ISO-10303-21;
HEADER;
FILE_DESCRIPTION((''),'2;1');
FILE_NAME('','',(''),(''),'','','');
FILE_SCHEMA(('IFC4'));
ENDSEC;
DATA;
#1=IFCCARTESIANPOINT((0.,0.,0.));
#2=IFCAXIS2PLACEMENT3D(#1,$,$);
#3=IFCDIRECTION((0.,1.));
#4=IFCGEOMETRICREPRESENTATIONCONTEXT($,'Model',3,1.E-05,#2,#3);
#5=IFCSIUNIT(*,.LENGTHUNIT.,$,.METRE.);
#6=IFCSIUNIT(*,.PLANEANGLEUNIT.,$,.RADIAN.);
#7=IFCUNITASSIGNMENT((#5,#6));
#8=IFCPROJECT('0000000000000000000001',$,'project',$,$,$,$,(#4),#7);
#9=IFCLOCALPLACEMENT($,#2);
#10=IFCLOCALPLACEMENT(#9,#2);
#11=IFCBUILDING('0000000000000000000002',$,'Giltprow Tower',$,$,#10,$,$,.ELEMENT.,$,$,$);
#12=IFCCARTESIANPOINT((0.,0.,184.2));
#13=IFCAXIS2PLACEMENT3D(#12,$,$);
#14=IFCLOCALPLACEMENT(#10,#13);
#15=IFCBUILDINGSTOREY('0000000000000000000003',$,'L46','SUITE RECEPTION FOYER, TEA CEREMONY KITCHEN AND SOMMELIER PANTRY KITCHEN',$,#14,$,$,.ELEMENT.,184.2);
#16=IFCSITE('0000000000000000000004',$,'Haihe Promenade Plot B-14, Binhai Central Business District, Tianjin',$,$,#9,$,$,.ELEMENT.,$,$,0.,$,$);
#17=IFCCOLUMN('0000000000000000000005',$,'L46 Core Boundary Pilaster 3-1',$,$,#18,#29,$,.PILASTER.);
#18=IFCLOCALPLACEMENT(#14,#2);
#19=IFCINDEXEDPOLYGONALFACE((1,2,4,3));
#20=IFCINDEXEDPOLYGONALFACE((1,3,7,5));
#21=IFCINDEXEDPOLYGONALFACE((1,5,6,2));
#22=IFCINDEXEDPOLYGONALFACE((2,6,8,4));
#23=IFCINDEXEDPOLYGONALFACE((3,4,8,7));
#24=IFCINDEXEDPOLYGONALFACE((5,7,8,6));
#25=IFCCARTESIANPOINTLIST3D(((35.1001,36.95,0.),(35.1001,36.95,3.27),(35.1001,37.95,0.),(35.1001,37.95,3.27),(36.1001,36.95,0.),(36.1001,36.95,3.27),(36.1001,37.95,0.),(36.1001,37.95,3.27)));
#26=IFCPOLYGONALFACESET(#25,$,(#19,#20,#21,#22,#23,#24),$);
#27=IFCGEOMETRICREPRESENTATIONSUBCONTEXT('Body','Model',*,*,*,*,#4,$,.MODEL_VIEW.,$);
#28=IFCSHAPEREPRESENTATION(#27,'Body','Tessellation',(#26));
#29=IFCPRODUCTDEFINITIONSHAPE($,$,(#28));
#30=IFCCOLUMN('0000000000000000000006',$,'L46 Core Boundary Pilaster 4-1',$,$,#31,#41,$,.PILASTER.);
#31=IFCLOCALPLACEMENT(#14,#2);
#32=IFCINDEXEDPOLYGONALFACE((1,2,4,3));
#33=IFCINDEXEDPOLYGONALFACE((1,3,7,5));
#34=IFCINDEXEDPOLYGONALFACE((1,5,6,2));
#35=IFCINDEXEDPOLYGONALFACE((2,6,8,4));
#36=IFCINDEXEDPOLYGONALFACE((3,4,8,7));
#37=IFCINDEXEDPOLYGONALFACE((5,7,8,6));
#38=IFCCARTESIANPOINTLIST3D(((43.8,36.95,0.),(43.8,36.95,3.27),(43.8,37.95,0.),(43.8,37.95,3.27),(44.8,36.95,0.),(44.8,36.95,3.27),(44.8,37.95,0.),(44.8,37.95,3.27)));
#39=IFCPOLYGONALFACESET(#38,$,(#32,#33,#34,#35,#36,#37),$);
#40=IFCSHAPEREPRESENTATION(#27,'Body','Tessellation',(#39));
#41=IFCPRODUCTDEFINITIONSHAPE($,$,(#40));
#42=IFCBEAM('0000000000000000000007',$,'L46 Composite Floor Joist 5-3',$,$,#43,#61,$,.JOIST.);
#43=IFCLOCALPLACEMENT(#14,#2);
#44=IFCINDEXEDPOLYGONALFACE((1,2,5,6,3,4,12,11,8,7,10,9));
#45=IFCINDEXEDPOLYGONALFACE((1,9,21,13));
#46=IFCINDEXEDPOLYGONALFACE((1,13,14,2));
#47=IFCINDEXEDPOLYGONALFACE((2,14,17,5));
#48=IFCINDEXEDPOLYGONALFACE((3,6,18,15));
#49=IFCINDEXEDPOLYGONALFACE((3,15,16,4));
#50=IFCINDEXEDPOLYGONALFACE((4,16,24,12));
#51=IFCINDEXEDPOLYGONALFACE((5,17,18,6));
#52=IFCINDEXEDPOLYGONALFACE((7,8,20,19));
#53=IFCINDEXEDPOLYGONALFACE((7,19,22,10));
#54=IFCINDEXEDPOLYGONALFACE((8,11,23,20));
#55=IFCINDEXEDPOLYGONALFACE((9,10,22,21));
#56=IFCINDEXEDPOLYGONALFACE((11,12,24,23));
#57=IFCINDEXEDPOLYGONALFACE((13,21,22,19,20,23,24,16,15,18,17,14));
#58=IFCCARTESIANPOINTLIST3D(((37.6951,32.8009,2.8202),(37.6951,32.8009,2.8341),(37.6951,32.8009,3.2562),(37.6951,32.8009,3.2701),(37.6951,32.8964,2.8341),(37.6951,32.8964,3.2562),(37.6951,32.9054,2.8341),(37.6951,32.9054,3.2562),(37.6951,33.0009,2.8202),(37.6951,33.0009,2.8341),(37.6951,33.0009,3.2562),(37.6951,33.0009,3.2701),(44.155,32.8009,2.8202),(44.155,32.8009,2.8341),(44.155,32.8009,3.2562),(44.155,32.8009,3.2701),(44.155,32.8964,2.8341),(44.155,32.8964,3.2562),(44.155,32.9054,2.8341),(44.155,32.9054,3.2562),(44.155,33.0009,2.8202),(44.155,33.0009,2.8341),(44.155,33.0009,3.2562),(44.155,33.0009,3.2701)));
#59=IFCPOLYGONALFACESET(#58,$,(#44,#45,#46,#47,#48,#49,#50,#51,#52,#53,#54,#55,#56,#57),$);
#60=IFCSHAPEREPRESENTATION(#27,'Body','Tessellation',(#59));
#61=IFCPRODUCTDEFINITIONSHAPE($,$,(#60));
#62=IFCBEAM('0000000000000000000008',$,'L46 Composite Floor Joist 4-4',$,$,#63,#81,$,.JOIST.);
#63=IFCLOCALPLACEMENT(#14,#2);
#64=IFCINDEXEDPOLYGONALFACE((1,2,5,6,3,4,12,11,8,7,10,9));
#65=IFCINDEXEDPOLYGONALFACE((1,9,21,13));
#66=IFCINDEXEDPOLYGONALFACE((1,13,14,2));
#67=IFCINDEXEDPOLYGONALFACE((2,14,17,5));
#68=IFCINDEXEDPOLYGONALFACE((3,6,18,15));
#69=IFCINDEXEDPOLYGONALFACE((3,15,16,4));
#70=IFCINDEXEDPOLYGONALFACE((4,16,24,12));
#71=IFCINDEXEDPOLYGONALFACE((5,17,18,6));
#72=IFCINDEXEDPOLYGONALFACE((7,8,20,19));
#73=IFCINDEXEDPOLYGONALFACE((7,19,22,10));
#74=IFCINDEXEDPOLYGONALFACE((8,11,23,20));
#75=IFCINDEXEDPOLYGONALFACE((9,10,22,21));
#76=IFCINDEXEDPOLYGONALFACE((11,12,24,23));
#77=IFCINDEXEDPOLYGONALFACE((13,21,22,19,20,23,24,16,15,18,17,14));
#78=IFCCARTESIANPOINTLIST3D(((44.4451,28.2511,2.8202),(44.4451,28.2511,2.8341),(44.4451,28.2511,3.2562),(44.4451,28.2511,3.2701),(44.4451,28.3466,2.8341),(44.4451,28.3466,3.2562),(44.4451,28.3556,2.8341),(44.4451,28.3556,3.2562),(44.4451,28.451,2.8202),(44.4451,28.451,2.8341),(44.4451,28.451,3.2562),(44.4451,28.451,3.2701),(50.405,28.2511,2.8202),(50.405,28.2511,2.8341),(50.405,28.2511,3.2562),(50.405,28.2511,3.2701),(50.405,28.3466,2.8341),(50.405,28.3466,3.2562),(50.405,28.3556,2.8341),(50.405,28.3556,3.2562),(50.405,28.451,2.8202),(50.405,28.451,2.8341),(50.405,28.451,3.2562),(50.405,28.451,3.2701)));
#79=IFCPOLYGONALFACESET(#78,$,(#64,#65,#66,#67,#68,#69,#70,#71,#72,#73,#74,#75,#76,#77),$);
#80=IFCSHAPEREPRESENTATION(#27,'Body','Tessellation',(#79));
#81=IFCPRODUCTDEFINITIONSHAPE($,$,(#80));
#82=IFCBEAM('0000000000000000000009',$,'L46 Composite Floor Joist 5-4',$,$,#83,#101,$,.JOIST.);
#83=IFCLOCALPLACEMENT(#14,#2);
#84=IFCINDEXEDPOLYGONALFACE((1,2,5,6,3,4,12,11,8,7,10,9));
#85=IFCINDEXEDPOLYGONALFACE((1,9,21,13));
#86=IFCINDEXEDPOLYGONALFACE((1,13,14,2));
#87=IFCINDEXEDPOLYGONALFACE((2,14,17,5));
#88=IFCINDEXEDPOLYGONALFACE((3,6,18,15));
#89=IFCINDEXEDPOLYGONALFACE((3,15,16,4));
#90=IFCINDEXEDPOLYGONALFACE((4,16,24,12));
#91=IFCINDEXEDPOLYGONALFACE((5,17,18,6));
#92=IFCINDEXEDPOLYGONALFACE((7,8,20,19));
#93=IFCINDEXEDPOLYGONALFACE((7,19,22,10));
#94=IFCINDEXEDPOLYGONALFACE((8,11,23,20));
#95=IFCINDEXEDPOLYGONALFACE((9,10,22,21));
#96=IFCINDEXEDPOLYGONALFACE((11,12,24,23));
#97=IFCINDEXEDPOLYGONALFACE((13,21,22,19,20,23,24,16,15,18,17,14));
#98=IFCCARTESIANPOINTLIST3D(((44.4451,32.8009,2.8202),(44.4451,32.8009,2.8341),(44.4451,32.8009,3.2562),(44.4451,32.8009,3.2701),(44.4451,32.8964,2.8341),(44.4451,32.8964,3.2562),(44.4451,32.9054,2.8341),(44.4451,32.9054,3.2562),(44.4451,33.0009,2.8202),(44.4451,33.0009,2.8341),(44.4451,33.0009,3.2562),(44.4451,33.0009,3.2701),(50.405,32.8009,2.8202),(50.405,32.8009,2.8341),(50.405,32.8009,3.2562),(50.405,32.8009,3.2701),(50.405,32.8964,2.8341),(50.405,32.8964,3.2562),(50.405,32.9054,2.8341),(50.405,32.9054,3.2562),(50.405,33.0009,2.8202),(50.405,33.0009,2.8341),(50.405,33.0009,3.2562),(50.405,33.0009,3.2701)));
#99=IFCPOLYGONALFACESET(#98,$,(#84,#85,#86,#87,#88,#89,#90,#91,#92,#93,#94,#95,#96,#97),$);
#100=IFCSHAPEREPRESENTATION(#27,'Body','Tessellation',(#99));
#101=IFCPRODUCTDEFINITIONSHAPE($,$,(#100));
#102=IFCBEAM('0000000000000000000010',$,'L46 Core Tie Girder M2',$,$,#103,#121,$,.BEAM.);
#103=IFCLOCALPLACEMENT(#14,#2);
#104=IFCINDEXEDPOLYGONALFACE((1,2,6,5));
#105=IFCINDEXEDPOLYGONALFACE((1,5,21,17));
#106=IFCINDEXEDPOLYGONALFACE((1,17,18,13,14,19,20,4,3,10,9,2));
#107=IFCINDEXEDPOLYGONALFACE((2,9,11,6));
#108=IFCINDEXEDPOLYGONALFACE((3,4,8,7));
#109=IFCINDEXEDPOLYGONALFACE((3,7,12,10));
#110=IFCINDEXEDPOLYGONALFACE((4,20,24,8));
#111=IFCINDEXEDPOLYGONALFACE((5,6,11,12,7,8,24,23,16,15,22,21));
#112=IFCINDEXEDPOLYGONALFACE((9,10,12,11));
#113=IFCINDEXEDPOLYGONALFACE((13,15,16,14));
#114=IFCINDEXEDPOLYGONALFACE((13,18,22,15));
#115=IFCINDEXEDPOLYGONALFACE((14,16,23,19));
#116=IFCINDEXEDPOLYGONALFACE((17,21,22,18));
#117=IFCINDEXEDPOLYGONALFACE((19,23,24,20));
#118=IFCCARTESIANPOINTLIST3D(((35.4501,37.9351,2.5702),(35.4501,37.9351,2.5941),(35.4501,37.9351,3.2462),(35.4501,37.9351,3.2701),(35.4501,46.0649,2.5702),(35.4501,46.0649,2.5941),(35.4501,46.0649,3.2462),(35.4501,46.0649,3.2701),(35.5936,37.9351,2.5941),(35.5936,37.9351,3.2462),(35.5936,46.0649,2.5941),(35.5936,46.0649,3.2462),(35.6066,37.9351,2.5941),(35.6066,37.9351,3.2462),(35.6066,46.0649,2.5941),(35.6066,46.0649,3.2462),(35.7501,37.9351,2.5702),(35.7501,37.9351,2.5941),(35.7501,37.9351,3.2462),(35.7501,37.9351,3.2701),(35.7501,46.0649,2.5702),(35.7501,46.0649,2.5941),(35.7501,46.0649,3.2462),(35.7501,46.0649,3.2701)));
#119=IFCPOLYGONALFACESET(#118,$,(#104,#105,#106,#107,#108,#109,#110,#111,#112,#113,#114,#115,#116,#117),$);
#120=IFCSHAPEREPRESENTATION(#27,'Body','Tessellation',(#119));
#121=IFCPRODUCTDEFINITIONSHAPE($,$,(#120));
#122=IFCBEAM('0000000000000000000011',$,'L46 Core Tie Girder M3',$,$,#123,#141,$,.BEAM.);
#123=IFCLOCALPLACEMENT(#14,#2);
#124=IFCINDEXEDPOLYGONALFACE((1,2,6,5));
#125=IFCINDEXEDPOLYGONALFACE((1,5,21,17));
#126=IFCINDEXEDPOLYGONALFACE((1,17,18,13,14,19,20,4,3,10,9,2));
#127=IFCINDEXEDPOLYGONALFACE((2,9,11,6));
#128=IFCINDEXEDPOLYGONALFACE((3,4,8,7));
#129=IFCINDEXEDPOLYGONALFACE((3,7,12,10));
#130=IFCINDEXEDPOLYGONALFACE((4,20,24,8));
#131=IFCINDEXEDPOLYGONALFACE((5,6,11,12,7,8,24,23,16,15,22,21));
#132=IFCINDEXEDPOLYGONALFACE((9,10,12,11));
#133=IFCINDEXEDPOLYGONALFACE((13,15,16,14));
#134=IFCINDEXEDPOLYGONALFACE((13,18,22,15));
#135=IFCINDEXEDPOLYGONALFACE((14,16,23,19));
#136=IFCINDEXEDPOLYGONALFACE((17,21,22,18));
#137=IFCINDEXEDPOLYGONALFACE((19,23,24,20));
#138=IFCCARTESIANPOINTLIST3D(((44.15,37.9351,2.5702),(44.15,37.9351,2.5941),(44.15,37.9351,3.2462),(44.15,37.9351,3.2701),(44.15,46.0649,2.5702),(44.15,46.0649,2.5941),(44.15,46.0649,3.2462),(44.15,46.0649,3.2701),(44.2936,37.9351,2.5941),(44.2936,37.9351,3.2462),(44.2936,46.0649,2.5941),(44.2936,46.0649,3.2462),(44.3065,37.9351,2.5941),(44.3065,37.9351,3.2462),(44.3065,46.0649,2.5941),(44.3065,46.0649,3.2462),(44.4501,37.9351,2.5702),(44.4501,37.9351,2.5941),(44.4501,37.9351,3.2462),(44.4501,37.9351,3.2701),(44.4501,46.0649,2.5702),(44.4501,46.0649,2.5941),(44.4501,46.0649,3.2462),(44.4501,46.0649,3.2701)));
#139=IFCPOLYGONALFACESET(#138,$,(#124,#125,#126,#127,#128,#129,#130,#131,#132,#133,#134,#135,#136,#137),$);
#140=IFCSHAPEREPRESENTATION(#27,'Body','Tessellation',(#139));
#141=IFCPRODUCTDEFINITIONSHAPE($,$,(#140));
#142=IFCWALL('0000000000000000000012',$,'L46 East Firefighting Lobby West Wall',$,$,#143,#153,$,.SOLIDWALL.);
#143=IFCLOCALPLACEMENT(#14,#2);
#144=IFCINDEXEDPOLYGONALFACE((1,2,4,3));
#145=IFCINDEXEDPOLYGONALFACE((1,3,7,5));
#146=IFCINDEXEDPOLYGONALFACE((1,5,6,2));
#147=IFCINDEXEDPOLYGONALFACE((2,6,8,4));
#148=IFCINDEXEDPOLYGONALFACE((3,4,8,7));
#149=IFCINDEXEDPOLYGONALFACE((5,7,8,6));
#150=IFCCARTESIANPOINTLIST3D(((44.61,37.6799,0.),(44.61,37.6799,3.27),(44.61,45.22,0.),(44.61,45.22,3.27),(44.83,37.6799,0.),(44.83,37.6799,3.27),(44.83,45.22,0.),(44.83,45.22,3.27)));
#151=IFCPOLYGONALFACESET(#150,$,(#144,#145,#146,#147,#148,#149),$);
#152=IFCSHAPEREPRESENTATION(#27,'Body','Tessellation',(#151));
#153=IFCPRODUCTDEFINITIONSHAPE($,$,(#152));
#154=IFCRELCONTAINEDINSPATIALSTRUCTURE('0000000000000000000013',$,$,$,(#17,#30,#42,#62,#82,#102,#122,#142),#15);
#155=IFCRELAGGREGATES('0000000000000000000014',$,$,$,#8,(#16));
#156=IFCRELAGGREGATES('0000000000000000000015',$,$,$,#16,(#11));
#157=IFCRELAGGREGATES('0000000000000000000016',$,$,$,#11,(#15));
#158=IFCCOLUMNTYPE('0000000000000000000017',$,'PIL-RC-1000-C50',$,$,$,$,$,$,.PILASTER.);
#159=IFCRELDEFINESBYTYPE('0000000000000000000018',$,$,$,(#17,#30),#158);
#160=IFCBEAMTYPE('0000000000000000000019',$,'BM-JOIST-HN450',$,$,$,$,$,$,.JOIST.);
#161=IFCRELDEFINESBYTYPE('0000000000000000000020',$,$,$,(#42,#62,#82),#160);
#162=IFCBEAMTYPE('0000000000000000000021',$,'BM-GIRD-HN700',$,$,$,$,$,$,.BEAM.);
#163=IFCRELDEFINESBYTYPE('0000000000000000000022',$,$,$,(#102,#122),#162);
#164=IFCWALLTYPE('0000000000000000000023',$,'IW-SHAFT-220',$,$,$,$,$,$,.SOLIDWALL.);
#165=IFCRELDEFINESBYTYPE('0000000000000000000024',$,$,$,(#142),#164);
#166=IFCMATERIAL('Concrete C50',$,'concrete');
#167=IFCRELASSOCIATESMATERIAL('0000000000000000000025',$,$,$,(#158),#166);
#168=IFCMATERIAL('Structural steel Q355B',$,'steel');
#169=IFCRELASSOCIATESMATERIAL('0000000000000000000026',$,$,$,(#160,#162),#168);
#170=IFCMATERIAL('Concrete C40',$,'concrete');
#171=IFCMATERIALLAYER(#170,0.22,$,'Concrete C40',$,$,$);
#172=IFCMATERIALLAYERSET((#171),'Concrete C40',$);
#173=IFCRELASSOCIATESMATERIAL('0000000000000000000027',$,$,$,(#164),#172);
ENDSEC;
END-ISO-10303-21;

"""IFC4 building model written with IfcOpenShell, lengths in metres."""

from ifc_helpers import new_model, si_unit, direction, frame, frame_2d, origin, origin_2d, place, context, subcontext, project, spatial, rectangle, i_section, extrude, source, transform, mapped, material, layer, layer_set, material_profile, profile_set, type_object, element, save


model = new_model("IFC4")

# Units and contexts
model_context = context("Model", 3, precision=1e-05, world=origin(), true_north=direction((0.0, 1.0)))
body_context = subcontext(model_context, "Body", "Model", "MODEL_VIEW")
ifc_project = project(units=[si_unit("LENGTHUNIT", "METRE"), si_unit("PLANEANGLEUNIT", "RADIAN")], contexts=[model_context])

# Site, building, storey
site_placement = place(None, origin())
site = spatial("IfcSite", under=ifc_project, at=site_placement, Name="Haihe Promenade Plot B-14, Binhai Central Business District, Tianjin", CompositionType="ELEMENT", RefElevation=0.0)
building_placement = place(site_placement, origin())
building = spatial("IfcBuilding", under=site, at=building_placement, Name="Giltprow Tower", CompositionType="ELEMENT")
storey_placement = place(building_placement, frame((0.0, 0.0, 184.2)))
storey = spatial("IfcBuildingStorey", under=building, at=storey_placement, Name="L46", Description="SUITE RECEPTION FOYER, TEA CEREMONY KITCHEN AND SOMMELIER PANTRY KITCHEN", CompositionType="ELEMENT", Elevation=184.2)

# Columns
ifc_material_1 = material(Name="Concrete C50", Category="concrete")
ifc_material_profile_1 = material_profile(ifc_material_1, rectangle(XDim=1.0, YDim=1.0, at=origin_2d()), Name="RC 1000x1000")
ifc_profile_set_1 = profile_set([ifc_material_profile_1], Name="Concrete C50")
column_type = type_object("IfcColumnType", Name="PIL-RC-1000-C50", PredefinedType="PILASTER", material=ifc_profile_set_1)
shared_shape_1 = source(origin(), body_context, "Body", "SweptSolid", [
    extrude(rectangle(XDim=1.0, YDim=1.0, at=origin_2d()), origin(), (0.0, 0.0, 1.0), 3.27),
])
for number, where, z_axis, x_axis, name in (
    (1, (35.6001, 37.45, 0.0), (0.0, 0.0, 1.0), (1.0, 0.0, 0.0), "L46 Core Boundary Pilaster 3-1"),
    (2, (44.3, 37.45, 0.0), (0.0, 0.0, 1.0), (1.0, 0.0, 0.0), "L46 Core Boundary Pilaster 4-1"),
):
    element("IfcColumn", number, at=place(storey_placement, frame(where, z_axis=z_axis, x_axis=x_axis)), inside=storey, type_object=column_type, Name=name, PredefinedType="PILASTER", context=body_context, shape_type="MappedRepresentation", body=[
        mapped(shared_shape_1, transform((0.0, 0.0, 0.0), x_axis=(1.0, 0.0, 0.0), y_axis=(0.0, 1.0, 0.0), z_axis=(0.0, 0.0, 1.0), scale=1.0)),
    ])

# Beams
ifc_material_2 = material(Name="Structural steel Q355B", Category="steel")
ifc_material_profile_2 = material_profile(ifc_material_2, i_section(OverallWidth=0.2, OverallDepth=0.45, WebThickness=0.009, FlangeThickness=0.0139, at=origin_2d()), Name="HN 450x200x9x14")
ifc_profile_set_2 = profile_set([ifc_material_profile_2], Name="Structural steel Q355B")
beam_type_1 = type_object("IfcBeamType", Name="BM-JOIST-HN450", PredefinedType="JOIST", material=ifc_profile_set_2)
shared_shape_2 = source(origin(), body_context, "Body", "SweptSolid", [
    extrude(i_section(OverallWidth=0.2, OverallDepth=0.45, WebThickness=0.009, FlangeThickness=0.0139, at=origin_2d()), origin(), (0.0, 0.0, 1.0), 6.46),
])
beam_placement = place(storey_placement, frame((37.6951, 32.9009, 3.0452), z_axis=(1.0, 0.0, 0.0), x_axis=(0.0, 1.0, 0.0)))
element("IfcBeam", 3, at=beam_placement, inside=storey, type_object=beam_type_1, Name="L46 Composite Floor Joist 5-3", PredefinedType="JOIST", context=body_context, shape_type="MappedRepresentation", body=[
    mapped(shared_shape_2, transform((0.0, 0.0, 0.0), x_axis=(1.0, 0.0, 0.0), y_axis=(0.0, 1.0, 0.0), z_axis=(0.0, 0.0, 1.0), scale=1.0)),
])
shared_shape_3 = source(origin(), body_context, "Body", "SweptSolid", [
    extrude(i_section(OverallWidth=0.2, OverallDepth=0.45, WebThickness=0.009, FlangeThickness=0.0139, at=origin_2d()), origin(), (0.0, 0.0, 1.0), 5.96),
])
for number, where, z_axis, x_axis, name in (
    (4, (44.4451, 28.3511, 3.0452), (1.0, 0.0, 0.0), (0.0, 1.0, 0.0), "L46 Composite Floor Joist 4-4"),
    (5, (44.4451, 32.9009, 3.0452), (1.0, 0.0, 0.0), (0.0, 1.0, 0.0), "L46 Composite Floor Joist 5-4"),
):
    element("IfcBeam", number, at=place(storey_placement, frame(where, z_axis=z_axis, x_axis=x_axis)), inside=storey, type_object=beam_type_1, Name=name, PredefinedType="JOIST", context=body_context, shape_type="MappedRepresentation", body=[
        mapped(shared_shape_3, transform((0.0, 0.0, 0.0), x_axis=(1.0, 0.0, 0.0), y_axis=(0.0, 1.0, 0.0), z_axis=(0.0, 0.0, 1.0), scale=1.0)),
    ])
ifc_material_profile_3 = material_profile(ifc_material_2, i_section(OverallWidth=0.3, OverallDepth=0.7, WebThickness=0.0129, FlangeThickness=0.0239, at=origin_2d()), Name="HN 700x300x13x24")
ifc_profile_set_3 = profile_set([ifc_material_profile_3], Name="Structural steel Q355B")
beam_type_2 = type_object("IfcBeamType", Name="BM-GIRD-HN700", PredefinedType="BEAM", material=ifc_profile_set_3)
shared_shape_4 = source(origin(), body_context, "Body", "SweptSolid", [
    extrude(i_section(OverallWidth=0.3, OverallDepth=0.7, WebThickness=0.0129, FlangeThickness=0.0239, at=origin_2d()), origin(), (0.0, 0.0, 1.0), 8.1299),
])
for number, where, z_axis, x_axis, name in (
    (6, (35.6001, 37.9351, 2.9202), (0.0, 1.0, 0.0), (-1.0, 0.0, 0.0), "L46 Core Tie Girder M2"),
    (7, (44.3, 37.9351, 2.9202), (0.0, 1.0, 0.0), (-1.0, 0.0, 0.0), "L46 Core Tie Girder M3"),
):
    element("IfcBeam", number, at=place(storey_placement, frame(where, z_axis=z_axis, x_axis=x_axis)), inside=storey, type_object=beam_type_2, Name=name, PredefinedType="BEAM", context=body_context, shape_type="MappedRepresentation", body=[
        mapped(shared_shape_4, transform((0.0, 0.0, 0.0), x_axis=(1.0, 0.0, 0.0), y_axis=(0.0, 1.0, 0.0), z_axis=(0.0, 0.0, 1.0), scale=1.0)),
    ])

# Wall
ifc_material_3 = material(Name="Concrete C40", Category="concrete")
ifc_layer_1 = layer(ifc_material_3, 0.22, Name="Concrete C40")
ifc_layer_set_1 = layer_set([ifc_layer_1], Name="Concrete C40")
wall_type_1 = type_object("IfcWallType", Name="IW-SHAFT-220", PredefinedType="SOLIDWALL", material=ifc_layer_set_1)
wall_1_placement = place(storey_placement, frame((44.72, 37.6799, 0.0), z_axis=(0.0, 0.0, 1.0), x_axis=(0.0, 1.0, 0.0)))
element("IfcWall", 8, at=wall_1_placement, inside=storey, type_object=wall_type_1, Name="L46 East Firefighting Lobby West Wall", PredefinedType="SOLIDWALL", context=body_context, shape_type="SweptSolid", body=[
    extrude(rectangle(XDim=7.54, YDim=0.22, at=frame_2d((3.77, 0.0))), origin(), (0.0, 0.0, 1.0), 3.27),
])

save(model, "model.ifc")
